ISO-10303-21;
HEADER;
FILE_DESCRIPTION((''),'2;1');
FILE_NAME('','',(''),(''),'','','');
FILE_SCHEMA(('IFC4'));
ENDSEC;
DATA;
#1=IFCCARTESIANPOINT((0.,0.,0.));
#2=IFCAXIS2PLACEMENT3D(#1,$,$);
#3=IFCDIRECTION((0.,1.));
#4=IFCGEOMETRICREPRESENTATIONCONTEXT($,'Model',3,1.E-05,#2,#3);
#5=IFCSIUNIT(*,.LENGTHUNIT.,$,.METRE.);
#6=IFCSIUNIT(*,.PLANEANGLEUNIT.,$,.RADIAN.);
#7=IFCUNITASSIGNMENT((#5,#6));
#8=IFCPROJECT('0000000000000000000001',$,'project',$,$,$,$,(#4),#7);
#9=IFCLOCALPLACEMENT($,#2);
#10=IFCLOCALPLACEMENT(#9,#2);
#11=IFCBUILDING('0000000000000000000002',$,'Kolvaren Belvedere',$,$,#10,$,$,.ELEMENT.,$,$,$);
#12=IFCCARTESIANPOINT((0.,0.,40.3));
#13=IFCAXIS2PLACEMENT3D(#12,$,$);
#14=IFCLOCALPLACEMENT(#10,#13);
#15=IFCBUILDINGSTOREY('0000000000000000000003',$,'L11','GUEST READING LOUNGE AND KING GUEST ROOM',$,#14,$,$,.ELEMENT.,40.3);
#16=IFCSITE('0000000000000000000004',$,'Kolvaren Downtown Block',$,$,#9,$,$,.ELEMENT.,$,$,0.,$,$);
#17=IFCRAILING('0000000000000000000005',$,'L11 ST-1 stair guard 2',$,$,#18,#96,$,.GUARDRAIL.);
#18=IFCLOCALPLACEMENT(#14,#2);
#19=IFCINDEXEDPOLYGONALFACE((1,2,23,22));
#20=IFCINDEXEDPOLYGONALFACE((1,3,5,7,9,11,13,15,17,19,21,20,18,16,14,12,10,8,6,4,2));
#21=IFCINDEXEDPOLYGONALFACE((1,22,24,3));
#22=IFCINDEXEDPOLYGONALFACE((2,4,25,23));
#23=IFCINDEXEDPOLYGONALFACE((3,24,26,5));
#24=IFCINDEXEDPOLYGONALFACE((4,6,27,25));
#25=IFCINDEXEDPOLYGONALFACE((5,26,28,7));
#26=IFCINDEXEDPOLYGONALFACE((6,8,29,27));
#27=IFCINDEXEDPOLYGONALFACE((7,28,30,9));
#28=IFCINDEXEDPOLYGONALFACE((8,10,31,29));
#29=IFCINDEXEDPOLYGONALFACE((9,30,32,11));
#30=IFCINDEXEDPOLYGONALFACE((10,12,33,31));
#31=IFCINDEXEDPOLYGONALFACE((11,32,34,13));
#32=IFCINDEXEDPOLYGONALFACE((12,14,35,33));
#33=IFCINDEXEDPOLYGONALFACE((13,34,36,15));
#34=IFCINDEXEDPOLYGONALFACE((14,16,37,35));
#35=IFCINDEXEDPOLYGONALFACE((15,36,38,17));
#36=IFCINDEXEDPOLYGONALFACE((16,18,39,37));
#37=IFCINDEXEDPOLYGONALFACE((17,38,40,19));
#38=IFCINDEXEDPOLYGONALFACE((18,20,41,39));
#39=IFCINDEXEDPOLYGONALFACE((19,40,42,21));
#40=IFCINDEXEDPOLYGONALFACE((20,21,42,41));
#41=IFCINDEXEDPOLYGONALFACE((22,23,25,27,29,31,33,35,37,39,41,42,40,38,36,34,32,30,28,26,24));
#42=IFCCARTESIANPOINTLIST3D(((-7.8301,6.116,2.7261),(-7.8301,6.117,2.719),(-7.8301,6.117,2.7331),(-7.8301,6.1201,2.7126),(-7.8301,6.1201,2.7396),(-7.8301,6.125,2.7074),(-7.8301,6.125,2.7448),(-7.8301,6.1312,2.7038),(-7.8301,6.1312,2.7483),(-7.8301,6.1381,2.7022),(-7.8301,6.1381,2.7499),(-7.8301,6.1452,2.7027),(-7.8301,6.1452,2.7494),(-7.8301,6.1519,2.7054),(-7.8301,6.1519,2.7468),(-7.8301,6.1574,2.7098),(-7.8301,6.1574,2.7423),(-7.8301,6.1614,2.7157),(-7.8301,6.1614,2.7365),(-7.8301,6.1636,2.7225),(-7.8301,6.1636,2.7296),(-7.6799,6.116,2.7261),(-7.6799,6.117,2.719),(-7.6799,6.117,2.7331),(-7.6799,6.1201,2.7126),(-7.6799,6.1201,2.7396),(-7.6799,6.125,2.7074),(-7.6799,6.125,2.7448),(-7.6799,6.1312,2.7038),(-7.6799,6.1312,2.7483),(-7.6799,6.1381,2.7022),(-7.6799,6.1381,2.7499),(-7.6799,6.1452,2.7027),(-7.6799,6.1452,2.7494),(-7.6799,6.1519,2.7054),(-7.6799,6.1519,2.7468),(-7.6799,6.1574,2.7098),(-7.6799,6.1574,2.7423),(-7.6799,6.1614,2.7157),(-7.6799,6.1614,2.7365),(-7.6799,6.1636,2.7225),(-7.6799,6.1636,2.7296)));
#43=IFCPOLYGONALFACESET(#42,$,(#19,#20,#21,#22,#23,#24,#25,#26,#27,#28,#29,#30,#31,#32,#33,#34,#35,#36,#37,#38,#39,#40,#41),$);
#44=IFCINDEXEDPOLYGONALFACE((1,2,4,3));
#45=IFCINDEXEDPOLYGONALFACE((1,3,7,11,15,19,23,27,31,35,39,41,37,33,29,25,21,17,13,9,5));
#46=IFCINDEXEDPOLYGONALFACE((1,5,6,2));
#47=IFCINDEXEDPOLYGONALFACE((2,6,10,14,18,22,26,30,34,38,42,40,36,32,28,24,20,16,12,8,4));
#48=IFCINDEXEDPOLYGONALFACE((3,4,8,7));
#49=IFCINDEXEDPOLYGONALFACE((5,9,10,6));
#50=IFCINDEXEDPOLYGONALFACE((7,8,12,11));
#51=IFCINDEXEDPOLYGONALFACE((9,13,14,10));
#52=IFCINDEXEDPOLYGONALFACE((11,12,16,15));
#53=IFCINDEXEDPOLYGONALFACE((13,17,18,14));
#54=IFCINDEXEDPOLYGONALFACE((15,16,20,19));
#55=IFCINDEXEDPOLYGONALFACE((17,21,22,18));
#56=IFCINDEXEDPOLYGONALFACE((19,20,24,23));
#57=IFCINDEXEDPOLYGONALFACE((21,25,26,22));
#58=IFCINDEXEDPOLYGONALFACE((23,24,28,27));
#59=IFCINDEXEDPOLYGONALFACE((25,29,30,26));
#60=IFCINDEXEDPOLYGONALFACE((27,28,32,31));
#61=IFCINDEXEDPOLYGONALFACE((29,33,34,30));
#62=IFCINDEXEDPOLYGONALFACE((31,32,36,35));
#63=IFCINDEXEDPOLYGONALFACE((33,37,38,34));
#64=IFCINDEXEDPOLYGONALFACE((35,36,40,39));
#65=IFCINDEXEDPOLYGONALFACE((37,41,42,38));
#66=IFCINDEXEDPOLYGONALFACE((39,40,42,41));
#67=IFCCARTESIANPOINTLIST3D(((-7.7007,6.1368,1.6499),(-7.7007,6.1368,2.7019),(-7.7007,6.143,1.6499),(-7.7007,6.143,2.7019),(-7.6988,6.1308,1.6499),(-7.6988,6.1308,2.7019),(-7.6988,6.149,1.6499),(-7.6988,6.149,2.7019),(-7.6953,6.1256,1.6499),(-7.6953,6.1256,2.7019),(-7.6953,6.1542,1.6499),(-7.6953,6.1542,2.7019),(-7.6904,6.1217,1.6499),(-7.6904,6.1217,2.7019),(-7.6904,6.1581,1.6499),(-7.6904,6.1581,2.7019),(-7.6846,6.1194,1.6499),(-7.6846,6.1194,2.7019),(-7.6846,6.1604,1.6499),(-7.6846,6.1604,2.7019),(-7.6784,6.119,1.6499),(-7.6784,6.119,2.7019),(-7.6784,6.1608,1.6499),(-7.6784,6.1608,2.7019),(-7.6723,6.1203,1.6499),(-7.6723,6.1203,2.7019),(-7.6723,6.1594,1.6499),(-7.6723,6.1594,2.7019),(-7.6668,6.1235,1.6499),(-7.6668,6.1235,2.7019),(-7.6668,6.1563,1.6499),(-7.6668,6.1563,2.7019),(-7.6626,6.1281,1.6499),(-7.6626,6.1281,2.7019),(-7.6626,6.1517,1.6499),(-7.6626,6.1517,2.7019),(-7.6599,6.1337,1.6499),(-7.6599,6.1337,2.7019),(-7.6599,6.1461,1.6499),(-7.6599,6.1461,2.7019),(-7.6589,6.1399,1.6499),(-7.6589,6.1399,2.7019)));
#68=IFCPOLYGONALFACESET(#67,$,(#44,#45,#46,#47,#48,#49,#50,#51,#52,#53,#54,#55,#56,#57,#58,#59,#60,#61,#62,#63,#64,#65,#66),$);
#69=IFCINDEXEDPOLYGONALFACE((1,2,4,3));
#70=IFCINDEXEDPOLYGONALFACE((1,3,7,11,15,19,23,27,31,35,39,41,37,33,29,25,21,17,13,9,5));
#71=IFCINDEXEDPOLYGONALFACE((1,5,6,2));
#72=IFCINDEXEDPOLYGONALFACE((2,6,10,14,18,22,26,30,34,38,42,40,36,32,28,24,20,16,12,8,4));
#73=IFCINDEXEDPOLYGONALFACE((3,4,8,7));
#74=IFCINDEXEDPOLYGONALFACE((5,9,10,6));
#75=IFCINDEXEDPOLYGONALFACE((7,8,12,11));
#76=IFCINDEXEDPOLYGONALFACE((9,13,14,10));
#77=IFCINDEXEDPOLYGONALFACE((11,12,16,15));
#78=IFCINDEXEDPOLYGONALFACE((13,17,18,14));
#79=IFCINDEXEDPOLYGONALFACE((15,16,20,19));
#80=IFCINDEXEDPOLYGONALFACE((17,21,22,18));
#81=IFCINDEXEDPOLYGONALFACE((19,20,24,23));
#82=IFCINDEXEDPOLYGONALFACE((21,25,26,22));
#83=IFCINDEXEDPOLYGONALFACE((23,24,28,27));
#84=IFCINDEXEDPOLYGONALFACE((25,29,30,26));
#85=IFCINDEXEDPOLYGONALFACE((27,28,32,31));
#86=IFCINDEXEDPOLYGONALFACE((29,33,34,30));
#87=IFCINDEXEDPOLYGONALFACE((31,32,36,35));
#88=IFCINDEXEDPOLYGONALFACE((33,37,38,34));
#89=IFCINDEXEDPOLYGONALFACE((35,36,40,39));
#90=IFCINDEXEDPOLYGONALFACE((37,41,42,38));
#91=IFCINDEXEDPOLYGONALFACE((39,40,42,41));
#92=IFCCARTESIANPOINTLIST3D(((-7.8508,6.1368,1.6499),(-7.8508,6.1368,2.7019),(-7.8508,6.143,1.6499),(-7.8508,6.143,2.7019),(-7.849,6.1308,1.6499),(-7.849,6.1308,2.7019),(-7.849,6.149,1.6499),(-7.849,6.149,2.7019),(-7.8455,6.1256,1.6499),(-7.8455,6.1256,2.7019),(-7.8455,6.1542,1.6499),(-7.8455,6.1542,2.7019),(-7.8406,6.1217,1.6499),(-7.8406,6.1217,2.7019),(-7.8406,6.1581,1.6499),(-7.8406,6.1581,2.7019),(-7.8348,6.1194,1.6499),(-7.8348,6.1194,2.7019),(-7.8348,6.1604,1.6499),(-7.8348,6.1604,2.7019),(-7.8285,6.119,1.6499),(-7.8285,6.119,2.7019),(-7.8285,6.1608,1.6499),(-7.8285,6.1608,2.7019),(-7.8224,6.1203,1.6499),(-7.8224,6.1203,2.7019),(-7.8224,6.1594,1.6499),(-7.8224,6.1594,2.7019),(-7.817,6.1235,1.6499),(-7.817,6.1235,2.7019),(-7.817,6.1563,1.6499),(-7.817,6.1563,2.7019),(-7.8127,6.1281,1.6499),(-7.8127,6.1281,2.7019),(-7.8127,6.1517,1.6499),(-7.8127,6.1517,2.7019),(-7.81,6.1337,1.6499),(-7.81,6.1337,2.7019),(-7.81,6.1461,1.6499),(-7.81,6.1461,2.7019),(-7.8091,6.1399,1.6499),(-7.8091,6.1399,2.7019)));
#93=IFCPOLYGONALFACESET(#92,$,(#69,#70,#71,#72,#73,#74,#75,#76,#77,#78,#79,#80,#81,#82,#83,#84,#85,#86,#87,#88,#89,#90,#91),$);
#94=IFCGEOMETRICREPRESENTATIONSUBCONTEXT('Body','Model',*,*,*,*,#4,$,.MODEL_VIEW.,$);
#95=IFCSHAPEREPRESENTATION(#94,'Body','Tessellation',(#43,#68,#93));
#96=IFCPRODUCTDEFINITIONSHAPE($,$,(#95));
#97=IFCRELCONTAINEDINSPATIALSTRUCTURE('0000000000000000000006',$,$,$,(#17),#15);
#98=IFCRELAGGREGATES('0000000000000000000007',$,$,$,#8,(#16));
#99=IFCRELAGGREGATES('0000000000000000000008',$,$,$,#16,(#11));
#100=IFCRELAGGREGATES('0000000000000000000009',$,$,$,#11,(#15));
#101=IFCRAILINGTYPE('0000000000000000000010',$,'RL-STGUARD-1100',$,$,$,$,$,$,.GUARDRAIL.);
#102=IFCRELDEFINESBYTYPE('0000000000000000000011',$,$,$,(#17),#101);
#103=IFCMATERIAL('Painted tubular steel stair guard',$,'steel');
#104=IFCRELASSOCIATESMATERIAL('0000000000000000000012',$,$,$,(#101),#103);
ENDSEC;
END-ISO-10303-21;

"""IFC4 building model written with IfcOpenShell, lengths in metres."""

from ifc_helpers import new_model, si_unit, direction, frame, origin, origin_2d, place, context, subcontext, project, spatial, circle, extrude, material, type_object, element, save


model = new_model("IFC4")

# Units and contexts
model_context = context("Model", 3, precision=1e-05, world=origin(), true_north=direction((0.0, 1.0)))
body_context = subcontext(model_context, "Body", "Model", "MODEL_VIEW")
ifc_project = project(units=[si_unit("LENGTHUNIT", "METRE"), si_unit("PLANEANGLEUNIT", "RADIAN")], contexts=[model_context])

# Site, building, storey
site_placement = place(None, origin())
site = spatial("IfcSite", under=ifc_project, at=site_placement, Name="Kolvaren Downtown Block", CompositionType="ELEMENT", RefElevation=0.0)
building_placement = place(site_placement, origin())
building = spatial("IfcBuilding", under=site, at=building_placement, Name="Kolvaren Belvedere", CompositionType="ELEMENT")
storey_placement = place(building_placement, frame((0.0, 0.0, 40.3)))
storey = spatial("IfcBuildingStorey", under=building, at=storey_placement, Name="L11", Description="GUEST READING LOUNGE AND KING GUEST ROOM", CompositionType="ELEMENT", Elevation=40.3)

# Railing
ifc_material_1 = material(Name="Painted tubular steel stair guard", Category="steel")
railing_type_1 = type_object("IfcRailingType", Name="RL-STGUARD-1100", PredefinedType="GUARDRAIL", material=ifc_material_1)
railing_1_placement = place(storey_placement, frame((-7.6799, 6.1399, 1.6499)))
element("IfcRailing", 1, at=railing_1_placement, inside=storey, type_object=railing_type_1, Name="L11 ST-1 stair guard 2", PredefinedType="GUARDRAIL", context=body_context, shape_type="SweptSolid", body=[
    extrude(circle(Radius=0.0239, at=origin_2d()), frame((0.0, 0.0, 1.0762), z_axis=(-1.0, 0.0, 0.0), x_axis=(0.0, -1.0, 0.0)), (0.0, 0.0, 1.0), 0.1501),
    extrude(circle(Radius=0.021, at=origin_2d()), origin(), (0.0, 0.0, 1.0), 1.052),
    extrude(circle(Radius=0.021, at=origin_2d()), frame((-0.1501, 0.0, 0.0)), (0.0, 0.0, 1.0), 1.052),
])

save(model, "model.ifc")
